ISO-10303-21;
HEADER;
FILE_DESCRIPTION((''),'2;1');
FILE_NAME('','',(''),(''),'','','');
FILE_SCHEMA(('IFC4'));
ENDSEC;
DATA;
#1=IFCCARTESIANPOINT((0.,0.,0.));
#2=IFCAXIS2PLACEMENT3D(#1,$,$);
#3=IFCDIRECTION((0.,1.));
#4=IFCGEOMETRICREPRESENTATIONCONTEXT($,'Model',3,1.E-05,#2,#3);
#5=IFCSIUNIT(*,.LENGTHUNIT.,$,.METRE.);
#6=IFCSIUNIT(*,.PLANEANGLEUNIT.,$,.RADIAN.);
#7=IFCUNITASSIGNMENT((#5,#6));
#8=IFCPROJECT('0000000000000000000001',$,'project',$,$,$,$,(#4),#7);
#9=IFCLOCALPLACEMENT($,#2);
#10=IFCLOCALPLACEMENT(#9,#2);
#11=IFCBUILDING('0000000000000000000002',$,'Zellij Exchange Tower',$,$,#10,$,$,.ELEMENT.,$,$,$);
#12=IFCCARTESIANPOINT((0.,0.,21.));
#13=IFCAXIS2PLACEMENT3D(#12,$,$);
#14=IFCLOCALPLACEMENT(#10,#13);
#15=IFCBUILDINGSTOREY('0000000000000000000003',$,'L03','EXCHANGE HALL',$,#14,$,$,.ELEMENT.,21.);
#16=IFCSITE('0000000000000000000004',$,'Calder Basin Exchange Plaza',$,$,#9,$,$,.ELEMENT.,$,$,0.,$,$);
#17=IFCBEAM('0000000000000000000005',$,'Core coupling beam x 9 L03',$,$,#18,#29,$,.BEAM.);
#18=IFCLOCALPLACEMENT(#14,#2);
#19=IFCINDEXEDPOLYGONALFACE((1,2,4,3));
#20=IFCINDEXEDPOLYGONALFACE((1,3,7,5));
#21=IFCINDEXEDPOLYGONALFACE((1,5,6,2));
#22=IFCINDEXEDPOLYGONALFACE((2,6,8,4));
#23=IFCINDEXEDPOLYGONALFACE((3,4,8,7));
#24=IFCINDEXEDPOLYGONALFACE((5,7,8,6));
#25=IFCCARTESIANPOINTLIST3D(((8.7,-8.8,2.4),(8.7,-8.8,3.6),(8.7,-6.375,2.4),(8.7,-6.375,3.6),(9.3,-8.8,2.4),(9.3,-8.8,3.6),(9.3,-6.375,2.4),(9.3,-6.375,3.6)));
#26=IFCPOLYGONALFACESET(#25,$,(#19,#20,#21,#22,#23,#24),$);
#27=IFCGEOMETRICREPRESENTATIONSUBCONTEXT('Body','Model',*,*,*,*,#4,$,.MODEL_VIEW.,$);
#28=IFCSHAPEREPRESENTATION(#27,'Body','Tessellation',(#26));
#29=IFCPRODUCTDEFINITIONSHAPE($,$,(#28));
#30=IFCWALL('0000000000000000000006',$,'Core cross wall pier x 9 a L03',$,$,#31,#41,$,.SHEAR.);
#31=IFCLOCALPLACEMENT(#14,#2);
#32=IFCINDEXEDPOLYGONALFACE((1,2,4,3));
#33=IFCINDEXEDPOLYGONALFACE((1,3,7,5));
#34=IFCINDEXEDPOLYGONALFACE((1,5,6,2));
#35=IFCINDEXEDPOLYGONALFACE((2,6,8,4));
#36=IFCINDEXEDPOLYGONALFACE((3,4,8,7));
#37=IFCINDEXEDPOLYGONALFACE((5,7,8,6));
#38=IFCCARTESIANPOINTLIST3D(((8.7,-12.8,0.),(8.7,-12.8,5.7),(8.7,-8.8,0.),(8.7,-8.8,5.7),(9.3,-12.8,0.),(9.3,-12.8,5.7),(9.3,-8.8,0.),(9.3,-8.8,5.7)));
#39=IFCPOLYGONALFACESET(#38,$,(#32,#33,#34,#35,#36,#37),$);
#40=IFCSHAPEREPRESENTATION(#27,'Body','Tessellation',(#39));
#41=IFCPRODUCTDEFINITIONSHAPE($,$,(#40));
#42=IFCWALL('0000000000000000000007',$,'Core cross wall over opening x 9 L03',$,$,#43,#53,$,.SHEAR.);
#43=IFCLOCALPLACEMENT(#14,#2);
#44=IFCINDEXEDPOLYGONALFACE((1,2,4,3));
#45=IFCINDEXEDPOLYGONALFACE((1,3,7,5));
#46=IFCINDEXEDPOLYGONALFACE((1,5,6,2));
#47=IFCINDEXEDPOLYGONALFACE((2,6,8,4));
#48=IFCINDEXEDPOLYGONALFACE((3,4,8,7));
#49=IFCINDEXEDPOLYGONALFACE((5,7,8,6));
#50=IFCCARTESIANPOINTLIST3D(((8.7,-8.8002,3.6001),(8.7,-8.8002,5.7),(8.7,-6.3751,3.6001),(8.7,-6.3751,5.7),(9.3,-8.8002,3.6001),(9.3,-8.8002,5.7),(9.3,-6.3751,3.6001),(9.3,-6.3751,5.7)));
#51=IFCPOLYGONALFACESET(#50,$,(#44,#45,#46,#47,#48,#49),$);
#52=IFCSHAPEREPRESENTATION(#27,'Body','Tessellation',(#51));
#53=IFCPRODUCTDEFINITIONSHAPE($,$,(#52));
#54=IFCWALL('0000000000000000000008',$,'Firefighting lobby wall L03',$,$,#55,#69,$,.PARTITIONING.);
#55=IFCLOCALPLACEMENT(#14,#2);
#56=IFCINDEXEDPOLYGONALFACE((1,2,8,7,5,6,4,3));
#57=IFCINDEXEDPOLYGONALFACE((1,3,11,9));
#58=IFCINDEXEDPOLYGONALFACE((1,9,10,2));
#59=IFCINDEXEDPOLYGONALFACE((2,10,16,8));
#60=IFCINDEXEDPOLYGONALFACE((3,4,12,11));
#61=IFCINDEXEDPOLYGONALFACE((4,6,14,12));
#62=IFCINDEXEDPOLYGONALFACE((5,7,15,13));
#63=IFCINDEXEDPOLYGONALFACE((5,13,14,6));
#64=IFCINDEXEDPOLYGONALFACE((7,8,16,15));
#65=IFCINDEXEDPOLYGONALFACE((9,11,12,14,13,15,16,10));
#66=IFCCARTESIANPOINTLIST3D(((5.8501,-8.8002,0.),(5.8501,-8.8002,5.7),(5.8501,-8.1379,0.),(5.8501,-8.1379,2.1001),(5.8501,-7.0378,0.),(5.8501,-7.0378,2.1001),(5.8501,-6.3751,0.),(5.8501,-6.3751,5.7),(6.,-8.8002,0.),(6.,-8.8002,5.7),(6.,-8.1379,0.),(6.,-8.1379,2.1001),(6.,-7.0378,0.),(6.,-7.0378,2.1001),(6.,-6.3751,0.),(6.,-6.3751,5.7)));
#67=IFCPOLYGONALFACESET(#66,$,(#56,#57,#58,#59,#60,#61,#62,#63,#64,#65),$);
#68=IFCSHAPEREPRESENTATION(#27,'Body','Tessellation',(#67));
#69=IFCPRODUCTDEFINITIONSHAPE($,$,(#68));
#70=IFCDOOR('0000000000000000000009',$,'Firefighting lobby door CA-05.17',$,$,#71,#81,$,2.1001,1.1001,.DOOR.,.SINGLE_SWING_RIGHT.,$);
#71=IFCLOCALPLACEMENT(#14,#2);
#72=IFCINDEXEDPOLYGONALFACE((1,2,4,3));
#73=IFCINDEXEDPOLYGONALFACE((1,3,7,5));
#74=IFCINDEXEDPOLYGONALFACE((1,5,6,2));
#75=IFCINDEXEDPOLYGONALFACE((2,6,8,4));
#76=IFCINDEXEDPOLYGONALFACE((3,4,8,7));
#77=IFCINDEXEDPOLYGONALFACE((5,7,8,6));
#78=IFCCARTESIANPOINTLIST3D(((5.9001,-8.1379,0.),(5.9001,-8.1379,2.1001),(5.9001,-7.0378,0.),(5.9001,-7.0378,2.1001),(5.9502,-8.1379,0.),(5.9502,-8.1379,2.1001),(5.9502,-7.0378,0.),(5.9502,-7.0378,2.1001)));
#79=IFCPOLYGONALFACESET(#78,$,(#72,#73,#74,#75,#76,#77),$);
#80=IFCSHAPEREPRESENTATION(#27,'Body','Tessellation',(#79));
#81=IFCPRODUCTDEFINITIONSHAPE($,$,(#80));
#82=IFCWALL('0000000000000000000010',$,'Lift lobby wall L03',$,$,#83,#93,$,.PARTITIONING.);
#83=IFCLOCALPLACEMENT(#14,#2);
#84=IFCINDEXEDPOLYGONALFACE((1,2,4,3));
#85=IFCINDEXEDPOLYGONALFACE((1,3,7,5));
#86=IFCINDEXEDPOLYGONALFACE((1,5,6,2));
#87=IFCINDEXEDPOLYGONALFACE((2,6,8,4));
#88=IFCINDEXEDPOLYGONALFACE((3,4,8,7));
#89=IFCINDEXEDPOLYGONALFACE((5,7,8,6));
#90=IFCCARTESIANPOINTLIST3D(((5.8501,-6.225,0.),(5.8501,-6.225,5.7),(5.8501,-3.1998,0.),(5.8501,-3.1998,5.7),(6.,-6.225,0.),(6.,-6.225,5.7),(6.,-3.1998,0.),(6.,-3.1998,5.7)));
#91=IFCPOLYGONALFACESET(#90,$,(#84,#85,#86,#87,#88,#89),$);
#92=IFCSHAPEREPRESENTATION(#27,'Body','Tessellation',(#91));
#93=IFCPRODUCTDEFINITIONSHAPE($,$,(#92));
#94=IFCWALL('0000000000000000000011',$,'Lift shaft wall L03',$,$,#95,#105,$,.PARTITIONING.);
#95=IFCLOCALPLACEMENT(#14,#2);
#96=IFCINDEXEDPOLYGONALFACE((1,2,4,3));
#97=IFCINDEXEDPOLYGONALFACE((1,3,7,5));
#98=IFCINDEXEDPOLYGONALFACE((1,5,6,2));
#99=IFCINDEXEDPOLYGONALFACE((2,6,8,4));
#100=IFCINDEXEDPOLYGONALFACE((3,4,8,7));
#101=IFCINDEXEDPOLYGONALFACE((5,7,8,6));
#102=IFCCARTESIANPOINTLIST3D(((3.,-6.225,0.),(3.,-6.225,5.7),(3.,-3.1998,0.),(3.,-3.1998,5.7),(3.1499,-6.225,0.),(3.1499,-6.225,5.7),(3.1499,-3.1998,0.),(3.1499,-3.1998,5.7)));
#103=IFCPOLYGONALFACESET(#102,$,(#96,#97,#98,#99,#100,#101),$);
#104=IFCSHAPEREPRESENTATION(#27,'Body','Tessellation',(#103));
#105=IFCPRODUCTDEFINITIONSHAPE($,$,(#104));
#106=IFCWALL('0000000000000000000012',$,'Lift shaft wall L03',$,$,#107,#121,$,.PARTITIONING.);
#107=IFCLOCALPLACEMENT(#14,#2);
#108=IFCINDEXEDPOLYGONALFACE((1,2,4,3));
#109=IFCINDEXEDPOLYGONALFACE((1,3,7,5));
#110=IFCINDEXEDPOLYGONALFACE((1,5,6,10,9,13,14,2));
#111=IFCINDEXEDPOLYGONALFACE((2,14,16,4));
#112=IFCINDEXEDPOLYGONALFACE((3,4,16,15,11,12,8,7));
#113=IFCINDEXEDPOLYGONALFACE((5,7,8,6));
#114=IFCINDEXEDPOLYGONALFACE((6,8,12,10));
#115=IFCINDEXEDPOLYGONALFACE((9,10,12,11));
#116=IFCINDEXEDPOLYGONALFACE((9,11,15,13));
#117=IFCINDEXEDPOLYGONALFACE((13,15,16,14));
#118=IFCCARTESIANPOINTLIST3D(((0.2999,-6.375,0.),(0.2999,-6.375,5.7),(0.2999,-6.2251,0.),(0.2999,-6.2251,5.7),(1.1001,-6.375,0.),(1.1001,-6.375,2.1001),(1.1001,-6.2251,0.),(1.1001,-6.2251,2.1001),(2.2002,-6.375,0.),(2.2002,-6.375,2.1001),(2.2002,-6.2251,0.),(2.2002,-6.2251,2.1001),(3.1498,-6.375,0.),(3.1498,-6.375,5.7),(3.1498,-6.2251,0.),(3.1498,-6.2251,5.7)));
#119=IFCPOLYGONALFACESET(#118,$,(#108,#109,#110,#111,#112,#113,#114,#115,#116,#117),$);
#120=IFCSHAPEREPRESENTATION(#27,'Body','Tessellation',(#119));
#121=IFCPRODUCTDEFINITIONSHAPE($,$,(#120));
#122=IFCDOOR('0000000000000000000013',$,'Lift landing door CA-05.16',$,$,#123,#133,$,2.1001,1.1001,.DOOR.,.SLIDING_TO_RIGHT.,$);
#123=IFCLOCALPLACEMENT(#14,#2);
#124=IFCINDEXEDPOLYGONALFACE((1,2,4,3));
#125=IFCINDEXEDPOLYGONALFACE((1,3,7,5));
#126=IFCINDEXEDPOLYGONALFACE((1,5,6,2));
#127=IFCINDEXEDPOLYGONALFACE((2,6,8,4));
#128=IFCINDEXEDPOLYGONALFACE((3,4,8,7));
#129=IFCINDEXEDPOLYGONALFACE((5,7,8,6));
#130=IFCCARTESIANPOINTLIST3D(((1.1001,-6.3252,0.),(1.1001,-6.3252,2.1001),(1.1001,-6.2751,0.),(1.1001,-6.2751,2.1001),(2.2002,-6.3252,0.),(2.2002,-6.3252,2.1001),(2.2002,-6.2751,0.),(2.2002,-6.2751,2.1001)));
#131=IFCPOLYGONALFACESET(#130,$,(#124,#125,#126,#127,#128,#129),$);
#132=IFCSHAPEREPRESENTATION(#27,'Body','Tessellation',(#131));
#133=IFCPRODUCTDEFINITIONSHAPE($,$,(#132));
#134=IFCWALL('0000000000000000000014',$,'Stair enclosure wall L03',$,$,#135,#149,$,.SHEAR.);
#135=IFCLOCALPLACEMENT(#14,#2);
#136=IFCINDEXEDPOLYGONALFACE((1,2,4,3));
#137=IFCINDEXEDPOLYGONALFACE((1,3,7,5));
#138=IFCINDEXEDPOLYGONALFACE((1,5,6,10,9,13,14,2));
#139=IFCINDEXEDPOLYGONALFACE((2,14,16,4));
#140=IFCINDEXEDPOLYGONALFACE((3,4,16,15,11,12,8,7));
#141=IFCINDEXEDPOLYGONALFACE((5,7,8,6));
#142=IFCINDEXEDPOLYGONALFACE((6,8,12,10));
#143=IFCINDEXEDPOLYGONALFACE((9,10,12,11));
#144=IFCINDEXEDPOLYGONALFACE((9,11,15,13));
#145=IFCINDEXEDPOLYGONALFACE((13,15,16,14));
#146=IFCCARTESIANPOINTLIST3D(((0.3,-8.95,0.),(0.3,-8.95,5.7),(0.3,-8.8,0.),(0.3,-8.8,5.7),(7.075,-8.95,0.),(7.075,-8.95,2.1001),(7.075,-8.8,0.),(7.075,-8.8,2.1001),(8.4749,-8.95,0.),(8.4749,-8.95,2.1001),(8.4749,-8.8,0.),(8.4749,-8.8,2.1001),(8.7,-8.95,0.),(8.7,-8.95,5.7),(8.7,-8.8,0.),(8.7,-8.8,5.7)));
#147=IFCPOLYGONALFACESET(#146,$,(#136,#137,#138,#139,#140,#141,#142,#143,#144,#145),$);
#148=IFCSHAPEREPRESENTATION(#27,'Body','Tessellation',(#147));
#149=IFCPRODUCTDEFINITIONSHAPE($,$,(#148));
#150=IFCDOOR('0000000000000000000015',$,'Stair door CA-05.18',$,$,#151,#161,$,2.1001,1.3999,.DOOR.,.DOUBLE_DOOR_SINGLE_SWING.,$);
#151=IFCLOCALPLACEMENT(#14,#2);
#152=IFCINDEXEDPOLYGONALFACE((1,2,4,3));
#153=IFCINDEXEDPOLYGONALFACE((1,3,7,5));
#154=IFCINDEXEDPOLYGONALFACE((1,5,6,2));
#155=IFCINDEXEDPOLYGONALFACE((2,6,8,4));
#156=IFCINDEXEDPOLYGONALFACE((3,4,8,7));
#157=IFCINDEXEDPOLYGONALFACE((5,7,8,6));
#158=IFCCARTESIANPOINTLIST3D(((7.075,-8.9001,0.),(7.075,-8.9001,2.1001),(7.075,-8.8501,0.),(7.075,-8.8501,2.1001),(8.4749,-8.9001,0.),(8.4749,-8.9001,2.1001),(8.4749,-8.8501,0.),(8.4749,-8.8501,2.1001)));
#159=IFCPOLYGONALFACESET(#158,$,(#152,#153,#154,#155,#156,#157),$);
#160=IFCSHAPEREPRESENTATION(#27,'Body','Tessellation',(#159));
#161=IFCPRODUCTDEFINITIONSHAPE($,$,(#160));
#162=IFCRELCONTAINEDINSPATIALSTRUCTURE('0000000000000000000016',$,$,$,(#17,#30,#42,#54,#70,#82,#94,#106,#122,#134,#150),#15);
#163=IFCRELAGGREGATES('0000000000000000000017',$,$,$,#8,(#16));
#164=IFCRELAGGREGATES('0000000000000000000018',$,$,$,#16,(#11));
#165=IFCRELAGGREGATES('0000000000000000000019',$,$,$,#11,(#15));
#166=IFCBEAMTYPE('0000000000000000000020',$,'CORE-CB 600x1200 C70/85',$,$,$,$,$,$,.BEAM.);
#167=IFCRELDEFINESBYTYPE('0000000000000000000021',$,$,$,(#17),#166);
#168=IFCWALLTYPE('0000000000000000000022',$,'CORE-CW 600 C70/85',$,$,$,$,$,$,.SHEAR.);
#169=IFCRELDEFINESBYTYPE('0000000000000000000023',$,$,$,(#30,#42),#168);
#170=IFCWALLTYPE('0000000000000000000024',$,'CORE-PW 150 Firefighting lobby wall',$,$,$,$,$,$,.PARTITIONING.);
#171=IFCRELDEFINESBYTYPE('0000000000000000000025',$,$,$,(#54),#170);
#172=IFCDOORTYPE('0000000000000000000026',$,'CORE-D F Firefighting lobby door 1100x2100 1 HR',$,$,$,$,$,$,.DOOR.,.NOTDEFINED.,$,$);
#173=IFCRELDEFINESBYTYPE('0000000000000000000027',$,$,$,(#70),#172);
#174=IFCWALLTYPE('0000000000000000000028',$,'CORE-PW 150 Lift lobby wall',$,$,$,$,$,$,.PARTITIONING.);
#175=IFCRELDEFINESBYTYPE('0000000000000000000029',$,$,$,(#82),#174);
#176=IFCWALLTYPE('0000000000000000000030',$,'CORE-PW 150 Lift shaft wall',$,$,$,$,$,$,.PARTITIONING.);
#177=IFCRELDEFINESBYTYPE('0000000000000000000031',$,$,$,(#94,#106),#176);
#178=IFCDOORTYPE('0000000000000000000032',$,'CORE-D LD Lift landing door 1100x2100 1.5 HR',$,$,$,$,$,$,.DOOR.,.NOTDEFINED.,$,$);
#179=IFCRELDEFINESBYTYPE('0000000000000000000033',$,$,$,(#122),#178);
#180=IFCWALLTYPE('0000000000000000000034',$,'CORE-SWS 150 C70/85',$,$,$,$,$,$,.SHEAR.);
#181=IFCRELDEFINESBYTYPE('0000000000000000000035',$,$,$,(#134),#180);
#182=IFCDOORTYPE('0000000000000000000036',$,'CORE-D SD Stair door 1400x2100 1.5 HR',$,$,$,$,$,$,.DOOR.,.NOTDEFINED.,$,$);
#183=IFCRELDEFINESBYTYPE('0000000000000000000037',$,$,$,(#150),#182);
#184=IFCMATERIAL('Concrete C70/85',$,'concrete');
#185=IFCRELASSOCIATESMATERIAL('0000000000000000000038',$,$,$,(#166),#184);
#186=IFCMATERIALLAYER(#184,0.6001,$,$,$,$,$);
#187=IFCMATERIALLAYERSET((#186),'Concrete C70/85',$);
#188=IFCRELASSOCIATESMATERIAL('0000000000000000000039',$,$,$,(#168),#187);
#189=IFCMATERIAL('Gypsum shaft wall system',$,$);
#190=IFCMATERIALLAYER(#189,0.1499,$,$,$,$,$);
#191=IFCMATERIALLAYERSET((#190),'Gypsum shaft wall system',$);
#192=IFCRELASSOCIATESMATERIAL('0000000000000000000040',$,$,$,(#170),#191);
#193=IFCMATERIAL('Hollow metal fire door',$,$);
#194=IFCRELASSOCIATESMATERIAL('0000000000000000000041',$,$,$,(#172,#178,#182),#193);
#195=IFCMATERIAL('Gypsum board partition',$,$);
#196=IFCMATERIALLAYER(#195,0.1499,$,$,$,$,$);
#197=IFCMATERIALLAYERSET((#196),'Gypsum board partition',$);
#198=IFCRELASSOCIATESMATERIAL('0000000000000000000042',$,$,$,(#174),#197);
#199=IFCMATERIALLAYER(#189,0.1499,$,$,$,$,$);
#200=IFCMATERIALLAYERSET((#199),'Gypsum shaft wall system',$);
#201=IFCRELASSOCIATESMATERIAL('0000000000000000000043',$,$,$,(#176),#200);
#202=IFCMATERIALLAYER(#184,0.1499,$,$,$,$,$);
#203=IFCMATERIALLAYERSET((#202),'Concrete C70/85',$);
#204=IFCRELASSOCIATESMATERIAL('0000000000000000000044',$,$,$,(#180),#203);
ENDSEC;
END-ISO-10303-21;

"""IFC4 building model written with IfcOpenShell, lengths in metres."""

from ifc_helpers import new_model, si_unit, direction, frame, frame_2d, origin, origin_2d, place, context, subcontext, project, spatial, rectangle, extrude, material, layer, layer_set, material_profile, profile_set, type_object, element, fill, save


model = new_model("IFC4")

# Units and contexts
model_context = context("Model", 3, precision=1e-05, world=origin(), true_north=direction((0.0, 1.0)))
body_context = subcontext(model_context, "Body", "Model", "MODEL_VIEW")
ifc_project = project(units=[si_unit("LENGTHUNIT", "METRE"), si_unit("PLANEANGLEUNIT", "RADIAN")], contexts=[model_context])

# Site, building, storey
site_placement = place(None, origin())
site = spatial("IfcSite", under=ifc_project, at=site_placement, Name="Calder Basin Exchange Plaza", CompositionType="ELEMENT", RefElevation=0.0)
building_placement = place(site_placement, origin())
building = spatial("IfcBuilding", under=site, at=building_placement, Name="Zellij Exchange Tower", CompositionType="ELEMENT")
storey_placement = place(building_placement, frame((0.0, 0.0, 21.0)))
storey = spatial("IfcBuildingStorey", under=building, at=storey_placement, Name="L03", Description="EXCHANGE HALL", CompositionType="ELEMENT", Elevation=21.0)

# Beam
ifc_material_1 = material(Name="Concrete C70/85", Category="concrete")
ifc_material_profile = material_profile(ifc_material_1, rectangle(XDim=0.6001, YDim=1.2, at=origin_2d()), Name="CORE-CB 600x1200 C70/85")
ifc_profile_set = profile_set([ifc_material_profile], Name="Concrete C70/85")
beam_type = type_object("IfcBeamType", Name="CORE-CB 600x1200 C70/85", PredefinedType="BEAM", material=ifc_profile_set)
beam_placement = place(storey_placement, frame((9.0, -8.8, 3.0), z_axis=(0.0, 1.0, 0.0), x_axis=(-1.0, 0.0, 0.0)))
element("IfcBeam", 1, at=beam_placement, inside=storey, type_object=beam_type, Name="Core coupling beam x 9 L03", PredefinedType="BEAM", context=body_context, shape_type="SweptSolid", body=[
    extrude(rectangle(XDim=0.6001, YDim=1.2, at=origin_2d()), origin(), (0.0, 0.0, 1.0), 2.425),
])

# Walls
ifc_layer_1 = layer(ifc_material_1, 0.6001)
ifc_layer_set_1 = layer_set([ifc_layer_1], Name="Concrete C70/85")
wall_type_1 = type_object("IfcWallType", Name="CORE-CW 600 C70/85", PredefinedType="SHEAR", material=ifc_layer_set_1)
wall_1_placement = place(storey_placement, frame((9.0, -12.8, 0.0), z_axis=(0.0, 0.0, 1.0), x_axis=(0.0, 1.0, 0.0)))
element("IfcWall", 2, at=wall_1_placement, inside=storey, type_object=wall_type_1, Name="Core cross wall pier x 9 a L03", PredefinedType="SHEAR", context=body_context, shape_type="SweptSolid", body=[
    extrude(rectangle(XDim=4.0, YDim=0.6001, at=frame_2d((2.0, 0.0))), origin(), (0.0, 0.0, 1.0), 5.7),
])
wall_2_placement = place(storey_placement, frame((9.0, -8.8, 3.6001), z_axis=(0.0, 0.0, 1.0), x_axis=(0.0, 1.0, 0.0)))
element("IfcWall", 3, at=wall_2_placement, inside=storey, type_object=wall_type_1, Name="Core cross wall over opening x 9 L03", PredefinedType="SHEAR", context=body_context, shape_type="SweptSolid", body=[
    extrude(rectangle(XDim=2.425, YDim=0.6001, at=frame_2d((1.2124, 0.0))), origin(), (0.0, 0.0, 1.0), 2.0999),
])

# Wall, opening, door
ifc_material_2 = material(Name="Gypsum shaft wall system")
ifc_layer_2 = layer(ifc_material_2, 0.1499)
ifc_layer_set_2 = layer_set([ifc_layer_2], Name="Gypsum shaft wall system")
wall_type_2 = type_object("IfcWallType", Name="CORE-PW 150 Firefighting lobby wall", PredefinedType="PARTITIONING", material=ifc_layer_set_2)
wall_3_placement = place(storey_placement, frame((5.925, -8.8, 0.0), z_axis=(0.0, 0.0, 1.0), x_axis=(0.0, 1.0, 0.0)))
wall_3 = element("IfcWall", 4, at=wall_3_placement, inside=storey, type_object=wall_type_2, Name="Firefighting lobby wall L03", PredefinedType="PARTITIONING", context=body_context, shape_type="SweptSolid", body=[
    extrude(rectangle(XDim=2.425, YDim=0.1499, at=frame_2d((1.2124, 0.0))), origin(), (0.0, 0.0, 1.0), 5.7),
])
opening_1_placement = place(wall_3_placement, frame((0.6621, 0.0, 0.0)))
opening_1 = element("IfcOpeningElement", 5, at=opening_1_placement, cuts=wall_3, PredefinedType="OPENING", context=body_context, shape_type="SweptSolid", body=[
    extrude(rectangle(XDim=1.1001, YDim=2.1001, at=frame_2d((0.55, 1.05))), frame((0.0, 0.0869, 0.0), z_axis=(0.0, -1.0, 0.0), x_axis=(1.0, 0.0, 0.0)), (0.0, 0.0, 1.0), 0.1738),
])
ifc_material_3 = material(Name="Hollow metal fire door")
door_type_1 = type_object("IfcDoorType", Name="CORE-D F Firefighting lobby door 1100x2100 1 HR", OperationType="NOTDEFINED", PredefinedType="DOOR", material=ifc_material_3)
door_1_placement = place(opening_1_placement, origin())
door_1 = element("IfcDoor", 6, at=door_1_placement, inside=storey, type_object=door_type_1, Name="Firefighting lobby door CA-05.17", OperationType="SINGLE_SWING_RIGHT", OverallHeight=2.1001, OverallWidth=1.1001, PredefinedType="DOOR", context=body_context, shape_type="SweptSolid", body=[
    extrude(rectangle(XDim=1.1001, YDim=2.1001, at=frame_2d((0.55, 1.05))), frame((0.0, 0.0249, 0.0), z_axis=(0.0, -1.0, 0.0), x_axis=(1.0, 0.0, 0.0)), (0.0, 0.0, 1.0), 0.05),
])
fill(opening_1, door_1)

# Walls
ifc_material_4 = material(Name="Gypsum board partition")
ifc_layer_3 = layer(ifc_material_4, 0.1499)
ifc_layer_set_3 = layer_set([ifc_layer_3], Name="Gypsum board partition")
wall_type_3 = type_object("IfcWallType", Name="CORE-PW 150 Lift lobby wall", PredefinedType="PARTITIONING", material=ifc_layer_set_3)
wall_4_placement = place(storey_placement, frame((5.925, -6.2251, 0.0), z_axis=(0.0, 0.0, 1.0), x_axis=(0.0, 1.0, 0.0)))
element("IfcWall", 7, at=wall_4_placement, inside=storey, type_object=wall_type_3, Name="Lift lobby wall L03", PredefinedType="PARTITIONING", context=body_context, shape_type="SweptSolid", body=[
    extrude(rectangle(XDim=3.0251, YDim=0.1499, at=frame_2d((1.5127, 0.0))), origin(), (0.0, 0.0, 1.0), 5.7),
])
ifc_layer_4 = layer(ifc_material_2, 0.1499)
ifc_layer_set_4 = layer_set([ifc_layer_4], Name="Gypsum shaft wall system")
wall_type_4 = type_object("IfcWallType", Name="CORE-PW 150 Lift shaft wall", PredefinedType="PARTITIONING", material=ifc_layer_set_4)
wall_5_placement = place(storey_placement, frame((3.075, -6.2251, 0.0), z_axis=(0.0, 0.0, 1.0), x_axis=(0.0, 1.0, 0.0)))
element("IfcWall", 8, at=wall_5_placement, inside=storey, type_object=wall_type_4, Name="Lift shaft wall L03", PredefinedType="PARTITIONING", context=body_context, shape_type="SweptSolid", body=[
    extrude(rectangle(XDim=3.0251, YDim=0.1499, at=frame_2d((1.5127, 0.0))), origin(), (0.0, 0.0, 1.0), 5.7),
])

# Walls, openings, doors
wall_6_placement = place(storey_placement, frame((0.3, -6.3, 0.0), z_axis=(0.0, 0.0, 1.0), x_axis=(1.0, 0.0, 0.0)))
wall_6 = element("IfcWall", 9, at=wall_6_placement, inside=storey, type_object=wall_type_4, Name="Lift shaft wall L03", PredefinedType="PARTITIONING", context=body_context, shape_type="SweptSolid", body=[
    extrude(rectangle(XDim=2.8499, YDim=0.1499, at=frame_2d((1.4248, 0.0))), origin(), (0.0, 0.0, 1.0), 5.7),
])
opening_2_placement = place(wall_6_placement, frame((0.8, 0.0, 0.0)))
opening_2 = element("IfcOpeningElement", 10, at=opening_2_placement, cuts=wall_6, PredefinedType="OPENING", context=body_context, shape_type="SweptSolid", body=[
    extrude(rectangle(XDim=1.1001, YDim=2.1001, at=frame_2d((0.55, 1.05))), frame((0.0, 0.0869, 0.0), z_axis=(0.0, -1.0, 0.0), x_axis=(1.0, 0.0, 0.0)), (0.0, 0.0, 1.0), 0.1738),
])
door_type_2 = type_object("IfcDoorType", Name="CORE-D LD Lift landing door 1100x2100 1.5 HR", OperationType="NOTDEFINED", PredefinedType="DOOR", material=ifc_material_3)
door_2_placement = place(opening_2_placement, origin())
door_2 = element("IfcDoor", 11, at=door_2_placement, inside=storey, type_object=door_type_2, Name="Lift landing door CA-05.16", OperationType="SLIDING_TO_RIGHT", OverallHeight=2.1001, OverallWidth=1.1001, PredefinedType="DOOR", context=body_context, shape_type="SweptSolid", body=[
    extrude(rectangle(XDim=1.1001, YDim=2.1001, at=frame_2d((0.55, 1.05))), frame((0.0, 0.0249, 0.0), z_axis=(0.0, -1.0, 0.0), x_axis=(1.0, 0.0, 0.0)), (0.0, 0.0, 1.0), 0.05),
])
fill(opening_2, door_2)
ifc_layer_5 = layer(ifc_material_1, 0.1499)
ifc_layer_set_5 = layer_set([ifc_layer_5], Name="Concrete C70/85")
wall_type_5 = type_object("IfcWallType", Name="CORE-SWS 150 C70/85", PredefinedType="SHEAR", material=ifc_layer_set_5)
wall_7_placement = place(storey_placement, frame((0.3, -8.875, 0.0), z_axis=(0.0, 0.0, 1.0), x_axis=(1.0, 0.0, 0.0)))
wall_7 = element("IfcWall", 12, at=wall_7_placement, inside=storey, type_object=wall_type_5, Name="Stair enclosure wall L03", PredefinedType="SHEAR", context=body_context, shape_type="SweptSolid", body=[
    extrude(rectangle(XDim=8.3999, YDim=0.1499, at=frame_2d((4.2, 0.0))), origin(), (0.0, 0.0, 1.0), 5.7),
])
opening_3_placement = place(wall_7_placement, frame((6.7749, 0.0, 0.0)))
opening_3 = element("IfcOpeningElement", 13, at=opening_3_placement, cuts=wall_7, PredefinedType="OPENING", context=body_context, shape_type="SweptSolid", body=[
    extrude(rectangle(XDim=1.3999, YDim=2.1001, at=frame_2d((0.7, 1.05))), frame((0.0, 0.0869, 0.0), z_axis=(0.0, -1.0, 0.0), x_axis=(1.0, 0.0, 0.0)), (0.0, 0.0, 1.0), 0.1738),
])
door_type_3 = type_object("IfcDoorType", Name="CORE-D SD Stair door 1400x2100 1.5 HR", OperationType="NOTDEFINED", PredefinedType="DOOR", material=ifc_material_3)
door_3_placement = place(opening_3_placement, origin())
door_3 = element("IfcDoor", 14, at=door_3_placement, inside=storey, type_object=door_type_3, Name="Stair door CA-05.18", OperationType="DOUBLE_DOOR_SINGLE_SWING", OverallHeight=2.1001, OverallWidth=1.3999, PredefinedType="DOOR", context=body_context, shape_type="SweptSolid", body=[
    extrude(rectangle(XDim=1.3999, YDim=2.1001, at=frame_2d((0.7, 1.05))), frame((0.0, 0.0249, 0.0), z_axis=(0.0, -1.0, 0.0), x_axis=(1.0, 0.0, 0.0)), (0.0, 0.0, 1.0), 0.05),
])
fill(opening_3, door_3)

save(model, "model.ifc")
